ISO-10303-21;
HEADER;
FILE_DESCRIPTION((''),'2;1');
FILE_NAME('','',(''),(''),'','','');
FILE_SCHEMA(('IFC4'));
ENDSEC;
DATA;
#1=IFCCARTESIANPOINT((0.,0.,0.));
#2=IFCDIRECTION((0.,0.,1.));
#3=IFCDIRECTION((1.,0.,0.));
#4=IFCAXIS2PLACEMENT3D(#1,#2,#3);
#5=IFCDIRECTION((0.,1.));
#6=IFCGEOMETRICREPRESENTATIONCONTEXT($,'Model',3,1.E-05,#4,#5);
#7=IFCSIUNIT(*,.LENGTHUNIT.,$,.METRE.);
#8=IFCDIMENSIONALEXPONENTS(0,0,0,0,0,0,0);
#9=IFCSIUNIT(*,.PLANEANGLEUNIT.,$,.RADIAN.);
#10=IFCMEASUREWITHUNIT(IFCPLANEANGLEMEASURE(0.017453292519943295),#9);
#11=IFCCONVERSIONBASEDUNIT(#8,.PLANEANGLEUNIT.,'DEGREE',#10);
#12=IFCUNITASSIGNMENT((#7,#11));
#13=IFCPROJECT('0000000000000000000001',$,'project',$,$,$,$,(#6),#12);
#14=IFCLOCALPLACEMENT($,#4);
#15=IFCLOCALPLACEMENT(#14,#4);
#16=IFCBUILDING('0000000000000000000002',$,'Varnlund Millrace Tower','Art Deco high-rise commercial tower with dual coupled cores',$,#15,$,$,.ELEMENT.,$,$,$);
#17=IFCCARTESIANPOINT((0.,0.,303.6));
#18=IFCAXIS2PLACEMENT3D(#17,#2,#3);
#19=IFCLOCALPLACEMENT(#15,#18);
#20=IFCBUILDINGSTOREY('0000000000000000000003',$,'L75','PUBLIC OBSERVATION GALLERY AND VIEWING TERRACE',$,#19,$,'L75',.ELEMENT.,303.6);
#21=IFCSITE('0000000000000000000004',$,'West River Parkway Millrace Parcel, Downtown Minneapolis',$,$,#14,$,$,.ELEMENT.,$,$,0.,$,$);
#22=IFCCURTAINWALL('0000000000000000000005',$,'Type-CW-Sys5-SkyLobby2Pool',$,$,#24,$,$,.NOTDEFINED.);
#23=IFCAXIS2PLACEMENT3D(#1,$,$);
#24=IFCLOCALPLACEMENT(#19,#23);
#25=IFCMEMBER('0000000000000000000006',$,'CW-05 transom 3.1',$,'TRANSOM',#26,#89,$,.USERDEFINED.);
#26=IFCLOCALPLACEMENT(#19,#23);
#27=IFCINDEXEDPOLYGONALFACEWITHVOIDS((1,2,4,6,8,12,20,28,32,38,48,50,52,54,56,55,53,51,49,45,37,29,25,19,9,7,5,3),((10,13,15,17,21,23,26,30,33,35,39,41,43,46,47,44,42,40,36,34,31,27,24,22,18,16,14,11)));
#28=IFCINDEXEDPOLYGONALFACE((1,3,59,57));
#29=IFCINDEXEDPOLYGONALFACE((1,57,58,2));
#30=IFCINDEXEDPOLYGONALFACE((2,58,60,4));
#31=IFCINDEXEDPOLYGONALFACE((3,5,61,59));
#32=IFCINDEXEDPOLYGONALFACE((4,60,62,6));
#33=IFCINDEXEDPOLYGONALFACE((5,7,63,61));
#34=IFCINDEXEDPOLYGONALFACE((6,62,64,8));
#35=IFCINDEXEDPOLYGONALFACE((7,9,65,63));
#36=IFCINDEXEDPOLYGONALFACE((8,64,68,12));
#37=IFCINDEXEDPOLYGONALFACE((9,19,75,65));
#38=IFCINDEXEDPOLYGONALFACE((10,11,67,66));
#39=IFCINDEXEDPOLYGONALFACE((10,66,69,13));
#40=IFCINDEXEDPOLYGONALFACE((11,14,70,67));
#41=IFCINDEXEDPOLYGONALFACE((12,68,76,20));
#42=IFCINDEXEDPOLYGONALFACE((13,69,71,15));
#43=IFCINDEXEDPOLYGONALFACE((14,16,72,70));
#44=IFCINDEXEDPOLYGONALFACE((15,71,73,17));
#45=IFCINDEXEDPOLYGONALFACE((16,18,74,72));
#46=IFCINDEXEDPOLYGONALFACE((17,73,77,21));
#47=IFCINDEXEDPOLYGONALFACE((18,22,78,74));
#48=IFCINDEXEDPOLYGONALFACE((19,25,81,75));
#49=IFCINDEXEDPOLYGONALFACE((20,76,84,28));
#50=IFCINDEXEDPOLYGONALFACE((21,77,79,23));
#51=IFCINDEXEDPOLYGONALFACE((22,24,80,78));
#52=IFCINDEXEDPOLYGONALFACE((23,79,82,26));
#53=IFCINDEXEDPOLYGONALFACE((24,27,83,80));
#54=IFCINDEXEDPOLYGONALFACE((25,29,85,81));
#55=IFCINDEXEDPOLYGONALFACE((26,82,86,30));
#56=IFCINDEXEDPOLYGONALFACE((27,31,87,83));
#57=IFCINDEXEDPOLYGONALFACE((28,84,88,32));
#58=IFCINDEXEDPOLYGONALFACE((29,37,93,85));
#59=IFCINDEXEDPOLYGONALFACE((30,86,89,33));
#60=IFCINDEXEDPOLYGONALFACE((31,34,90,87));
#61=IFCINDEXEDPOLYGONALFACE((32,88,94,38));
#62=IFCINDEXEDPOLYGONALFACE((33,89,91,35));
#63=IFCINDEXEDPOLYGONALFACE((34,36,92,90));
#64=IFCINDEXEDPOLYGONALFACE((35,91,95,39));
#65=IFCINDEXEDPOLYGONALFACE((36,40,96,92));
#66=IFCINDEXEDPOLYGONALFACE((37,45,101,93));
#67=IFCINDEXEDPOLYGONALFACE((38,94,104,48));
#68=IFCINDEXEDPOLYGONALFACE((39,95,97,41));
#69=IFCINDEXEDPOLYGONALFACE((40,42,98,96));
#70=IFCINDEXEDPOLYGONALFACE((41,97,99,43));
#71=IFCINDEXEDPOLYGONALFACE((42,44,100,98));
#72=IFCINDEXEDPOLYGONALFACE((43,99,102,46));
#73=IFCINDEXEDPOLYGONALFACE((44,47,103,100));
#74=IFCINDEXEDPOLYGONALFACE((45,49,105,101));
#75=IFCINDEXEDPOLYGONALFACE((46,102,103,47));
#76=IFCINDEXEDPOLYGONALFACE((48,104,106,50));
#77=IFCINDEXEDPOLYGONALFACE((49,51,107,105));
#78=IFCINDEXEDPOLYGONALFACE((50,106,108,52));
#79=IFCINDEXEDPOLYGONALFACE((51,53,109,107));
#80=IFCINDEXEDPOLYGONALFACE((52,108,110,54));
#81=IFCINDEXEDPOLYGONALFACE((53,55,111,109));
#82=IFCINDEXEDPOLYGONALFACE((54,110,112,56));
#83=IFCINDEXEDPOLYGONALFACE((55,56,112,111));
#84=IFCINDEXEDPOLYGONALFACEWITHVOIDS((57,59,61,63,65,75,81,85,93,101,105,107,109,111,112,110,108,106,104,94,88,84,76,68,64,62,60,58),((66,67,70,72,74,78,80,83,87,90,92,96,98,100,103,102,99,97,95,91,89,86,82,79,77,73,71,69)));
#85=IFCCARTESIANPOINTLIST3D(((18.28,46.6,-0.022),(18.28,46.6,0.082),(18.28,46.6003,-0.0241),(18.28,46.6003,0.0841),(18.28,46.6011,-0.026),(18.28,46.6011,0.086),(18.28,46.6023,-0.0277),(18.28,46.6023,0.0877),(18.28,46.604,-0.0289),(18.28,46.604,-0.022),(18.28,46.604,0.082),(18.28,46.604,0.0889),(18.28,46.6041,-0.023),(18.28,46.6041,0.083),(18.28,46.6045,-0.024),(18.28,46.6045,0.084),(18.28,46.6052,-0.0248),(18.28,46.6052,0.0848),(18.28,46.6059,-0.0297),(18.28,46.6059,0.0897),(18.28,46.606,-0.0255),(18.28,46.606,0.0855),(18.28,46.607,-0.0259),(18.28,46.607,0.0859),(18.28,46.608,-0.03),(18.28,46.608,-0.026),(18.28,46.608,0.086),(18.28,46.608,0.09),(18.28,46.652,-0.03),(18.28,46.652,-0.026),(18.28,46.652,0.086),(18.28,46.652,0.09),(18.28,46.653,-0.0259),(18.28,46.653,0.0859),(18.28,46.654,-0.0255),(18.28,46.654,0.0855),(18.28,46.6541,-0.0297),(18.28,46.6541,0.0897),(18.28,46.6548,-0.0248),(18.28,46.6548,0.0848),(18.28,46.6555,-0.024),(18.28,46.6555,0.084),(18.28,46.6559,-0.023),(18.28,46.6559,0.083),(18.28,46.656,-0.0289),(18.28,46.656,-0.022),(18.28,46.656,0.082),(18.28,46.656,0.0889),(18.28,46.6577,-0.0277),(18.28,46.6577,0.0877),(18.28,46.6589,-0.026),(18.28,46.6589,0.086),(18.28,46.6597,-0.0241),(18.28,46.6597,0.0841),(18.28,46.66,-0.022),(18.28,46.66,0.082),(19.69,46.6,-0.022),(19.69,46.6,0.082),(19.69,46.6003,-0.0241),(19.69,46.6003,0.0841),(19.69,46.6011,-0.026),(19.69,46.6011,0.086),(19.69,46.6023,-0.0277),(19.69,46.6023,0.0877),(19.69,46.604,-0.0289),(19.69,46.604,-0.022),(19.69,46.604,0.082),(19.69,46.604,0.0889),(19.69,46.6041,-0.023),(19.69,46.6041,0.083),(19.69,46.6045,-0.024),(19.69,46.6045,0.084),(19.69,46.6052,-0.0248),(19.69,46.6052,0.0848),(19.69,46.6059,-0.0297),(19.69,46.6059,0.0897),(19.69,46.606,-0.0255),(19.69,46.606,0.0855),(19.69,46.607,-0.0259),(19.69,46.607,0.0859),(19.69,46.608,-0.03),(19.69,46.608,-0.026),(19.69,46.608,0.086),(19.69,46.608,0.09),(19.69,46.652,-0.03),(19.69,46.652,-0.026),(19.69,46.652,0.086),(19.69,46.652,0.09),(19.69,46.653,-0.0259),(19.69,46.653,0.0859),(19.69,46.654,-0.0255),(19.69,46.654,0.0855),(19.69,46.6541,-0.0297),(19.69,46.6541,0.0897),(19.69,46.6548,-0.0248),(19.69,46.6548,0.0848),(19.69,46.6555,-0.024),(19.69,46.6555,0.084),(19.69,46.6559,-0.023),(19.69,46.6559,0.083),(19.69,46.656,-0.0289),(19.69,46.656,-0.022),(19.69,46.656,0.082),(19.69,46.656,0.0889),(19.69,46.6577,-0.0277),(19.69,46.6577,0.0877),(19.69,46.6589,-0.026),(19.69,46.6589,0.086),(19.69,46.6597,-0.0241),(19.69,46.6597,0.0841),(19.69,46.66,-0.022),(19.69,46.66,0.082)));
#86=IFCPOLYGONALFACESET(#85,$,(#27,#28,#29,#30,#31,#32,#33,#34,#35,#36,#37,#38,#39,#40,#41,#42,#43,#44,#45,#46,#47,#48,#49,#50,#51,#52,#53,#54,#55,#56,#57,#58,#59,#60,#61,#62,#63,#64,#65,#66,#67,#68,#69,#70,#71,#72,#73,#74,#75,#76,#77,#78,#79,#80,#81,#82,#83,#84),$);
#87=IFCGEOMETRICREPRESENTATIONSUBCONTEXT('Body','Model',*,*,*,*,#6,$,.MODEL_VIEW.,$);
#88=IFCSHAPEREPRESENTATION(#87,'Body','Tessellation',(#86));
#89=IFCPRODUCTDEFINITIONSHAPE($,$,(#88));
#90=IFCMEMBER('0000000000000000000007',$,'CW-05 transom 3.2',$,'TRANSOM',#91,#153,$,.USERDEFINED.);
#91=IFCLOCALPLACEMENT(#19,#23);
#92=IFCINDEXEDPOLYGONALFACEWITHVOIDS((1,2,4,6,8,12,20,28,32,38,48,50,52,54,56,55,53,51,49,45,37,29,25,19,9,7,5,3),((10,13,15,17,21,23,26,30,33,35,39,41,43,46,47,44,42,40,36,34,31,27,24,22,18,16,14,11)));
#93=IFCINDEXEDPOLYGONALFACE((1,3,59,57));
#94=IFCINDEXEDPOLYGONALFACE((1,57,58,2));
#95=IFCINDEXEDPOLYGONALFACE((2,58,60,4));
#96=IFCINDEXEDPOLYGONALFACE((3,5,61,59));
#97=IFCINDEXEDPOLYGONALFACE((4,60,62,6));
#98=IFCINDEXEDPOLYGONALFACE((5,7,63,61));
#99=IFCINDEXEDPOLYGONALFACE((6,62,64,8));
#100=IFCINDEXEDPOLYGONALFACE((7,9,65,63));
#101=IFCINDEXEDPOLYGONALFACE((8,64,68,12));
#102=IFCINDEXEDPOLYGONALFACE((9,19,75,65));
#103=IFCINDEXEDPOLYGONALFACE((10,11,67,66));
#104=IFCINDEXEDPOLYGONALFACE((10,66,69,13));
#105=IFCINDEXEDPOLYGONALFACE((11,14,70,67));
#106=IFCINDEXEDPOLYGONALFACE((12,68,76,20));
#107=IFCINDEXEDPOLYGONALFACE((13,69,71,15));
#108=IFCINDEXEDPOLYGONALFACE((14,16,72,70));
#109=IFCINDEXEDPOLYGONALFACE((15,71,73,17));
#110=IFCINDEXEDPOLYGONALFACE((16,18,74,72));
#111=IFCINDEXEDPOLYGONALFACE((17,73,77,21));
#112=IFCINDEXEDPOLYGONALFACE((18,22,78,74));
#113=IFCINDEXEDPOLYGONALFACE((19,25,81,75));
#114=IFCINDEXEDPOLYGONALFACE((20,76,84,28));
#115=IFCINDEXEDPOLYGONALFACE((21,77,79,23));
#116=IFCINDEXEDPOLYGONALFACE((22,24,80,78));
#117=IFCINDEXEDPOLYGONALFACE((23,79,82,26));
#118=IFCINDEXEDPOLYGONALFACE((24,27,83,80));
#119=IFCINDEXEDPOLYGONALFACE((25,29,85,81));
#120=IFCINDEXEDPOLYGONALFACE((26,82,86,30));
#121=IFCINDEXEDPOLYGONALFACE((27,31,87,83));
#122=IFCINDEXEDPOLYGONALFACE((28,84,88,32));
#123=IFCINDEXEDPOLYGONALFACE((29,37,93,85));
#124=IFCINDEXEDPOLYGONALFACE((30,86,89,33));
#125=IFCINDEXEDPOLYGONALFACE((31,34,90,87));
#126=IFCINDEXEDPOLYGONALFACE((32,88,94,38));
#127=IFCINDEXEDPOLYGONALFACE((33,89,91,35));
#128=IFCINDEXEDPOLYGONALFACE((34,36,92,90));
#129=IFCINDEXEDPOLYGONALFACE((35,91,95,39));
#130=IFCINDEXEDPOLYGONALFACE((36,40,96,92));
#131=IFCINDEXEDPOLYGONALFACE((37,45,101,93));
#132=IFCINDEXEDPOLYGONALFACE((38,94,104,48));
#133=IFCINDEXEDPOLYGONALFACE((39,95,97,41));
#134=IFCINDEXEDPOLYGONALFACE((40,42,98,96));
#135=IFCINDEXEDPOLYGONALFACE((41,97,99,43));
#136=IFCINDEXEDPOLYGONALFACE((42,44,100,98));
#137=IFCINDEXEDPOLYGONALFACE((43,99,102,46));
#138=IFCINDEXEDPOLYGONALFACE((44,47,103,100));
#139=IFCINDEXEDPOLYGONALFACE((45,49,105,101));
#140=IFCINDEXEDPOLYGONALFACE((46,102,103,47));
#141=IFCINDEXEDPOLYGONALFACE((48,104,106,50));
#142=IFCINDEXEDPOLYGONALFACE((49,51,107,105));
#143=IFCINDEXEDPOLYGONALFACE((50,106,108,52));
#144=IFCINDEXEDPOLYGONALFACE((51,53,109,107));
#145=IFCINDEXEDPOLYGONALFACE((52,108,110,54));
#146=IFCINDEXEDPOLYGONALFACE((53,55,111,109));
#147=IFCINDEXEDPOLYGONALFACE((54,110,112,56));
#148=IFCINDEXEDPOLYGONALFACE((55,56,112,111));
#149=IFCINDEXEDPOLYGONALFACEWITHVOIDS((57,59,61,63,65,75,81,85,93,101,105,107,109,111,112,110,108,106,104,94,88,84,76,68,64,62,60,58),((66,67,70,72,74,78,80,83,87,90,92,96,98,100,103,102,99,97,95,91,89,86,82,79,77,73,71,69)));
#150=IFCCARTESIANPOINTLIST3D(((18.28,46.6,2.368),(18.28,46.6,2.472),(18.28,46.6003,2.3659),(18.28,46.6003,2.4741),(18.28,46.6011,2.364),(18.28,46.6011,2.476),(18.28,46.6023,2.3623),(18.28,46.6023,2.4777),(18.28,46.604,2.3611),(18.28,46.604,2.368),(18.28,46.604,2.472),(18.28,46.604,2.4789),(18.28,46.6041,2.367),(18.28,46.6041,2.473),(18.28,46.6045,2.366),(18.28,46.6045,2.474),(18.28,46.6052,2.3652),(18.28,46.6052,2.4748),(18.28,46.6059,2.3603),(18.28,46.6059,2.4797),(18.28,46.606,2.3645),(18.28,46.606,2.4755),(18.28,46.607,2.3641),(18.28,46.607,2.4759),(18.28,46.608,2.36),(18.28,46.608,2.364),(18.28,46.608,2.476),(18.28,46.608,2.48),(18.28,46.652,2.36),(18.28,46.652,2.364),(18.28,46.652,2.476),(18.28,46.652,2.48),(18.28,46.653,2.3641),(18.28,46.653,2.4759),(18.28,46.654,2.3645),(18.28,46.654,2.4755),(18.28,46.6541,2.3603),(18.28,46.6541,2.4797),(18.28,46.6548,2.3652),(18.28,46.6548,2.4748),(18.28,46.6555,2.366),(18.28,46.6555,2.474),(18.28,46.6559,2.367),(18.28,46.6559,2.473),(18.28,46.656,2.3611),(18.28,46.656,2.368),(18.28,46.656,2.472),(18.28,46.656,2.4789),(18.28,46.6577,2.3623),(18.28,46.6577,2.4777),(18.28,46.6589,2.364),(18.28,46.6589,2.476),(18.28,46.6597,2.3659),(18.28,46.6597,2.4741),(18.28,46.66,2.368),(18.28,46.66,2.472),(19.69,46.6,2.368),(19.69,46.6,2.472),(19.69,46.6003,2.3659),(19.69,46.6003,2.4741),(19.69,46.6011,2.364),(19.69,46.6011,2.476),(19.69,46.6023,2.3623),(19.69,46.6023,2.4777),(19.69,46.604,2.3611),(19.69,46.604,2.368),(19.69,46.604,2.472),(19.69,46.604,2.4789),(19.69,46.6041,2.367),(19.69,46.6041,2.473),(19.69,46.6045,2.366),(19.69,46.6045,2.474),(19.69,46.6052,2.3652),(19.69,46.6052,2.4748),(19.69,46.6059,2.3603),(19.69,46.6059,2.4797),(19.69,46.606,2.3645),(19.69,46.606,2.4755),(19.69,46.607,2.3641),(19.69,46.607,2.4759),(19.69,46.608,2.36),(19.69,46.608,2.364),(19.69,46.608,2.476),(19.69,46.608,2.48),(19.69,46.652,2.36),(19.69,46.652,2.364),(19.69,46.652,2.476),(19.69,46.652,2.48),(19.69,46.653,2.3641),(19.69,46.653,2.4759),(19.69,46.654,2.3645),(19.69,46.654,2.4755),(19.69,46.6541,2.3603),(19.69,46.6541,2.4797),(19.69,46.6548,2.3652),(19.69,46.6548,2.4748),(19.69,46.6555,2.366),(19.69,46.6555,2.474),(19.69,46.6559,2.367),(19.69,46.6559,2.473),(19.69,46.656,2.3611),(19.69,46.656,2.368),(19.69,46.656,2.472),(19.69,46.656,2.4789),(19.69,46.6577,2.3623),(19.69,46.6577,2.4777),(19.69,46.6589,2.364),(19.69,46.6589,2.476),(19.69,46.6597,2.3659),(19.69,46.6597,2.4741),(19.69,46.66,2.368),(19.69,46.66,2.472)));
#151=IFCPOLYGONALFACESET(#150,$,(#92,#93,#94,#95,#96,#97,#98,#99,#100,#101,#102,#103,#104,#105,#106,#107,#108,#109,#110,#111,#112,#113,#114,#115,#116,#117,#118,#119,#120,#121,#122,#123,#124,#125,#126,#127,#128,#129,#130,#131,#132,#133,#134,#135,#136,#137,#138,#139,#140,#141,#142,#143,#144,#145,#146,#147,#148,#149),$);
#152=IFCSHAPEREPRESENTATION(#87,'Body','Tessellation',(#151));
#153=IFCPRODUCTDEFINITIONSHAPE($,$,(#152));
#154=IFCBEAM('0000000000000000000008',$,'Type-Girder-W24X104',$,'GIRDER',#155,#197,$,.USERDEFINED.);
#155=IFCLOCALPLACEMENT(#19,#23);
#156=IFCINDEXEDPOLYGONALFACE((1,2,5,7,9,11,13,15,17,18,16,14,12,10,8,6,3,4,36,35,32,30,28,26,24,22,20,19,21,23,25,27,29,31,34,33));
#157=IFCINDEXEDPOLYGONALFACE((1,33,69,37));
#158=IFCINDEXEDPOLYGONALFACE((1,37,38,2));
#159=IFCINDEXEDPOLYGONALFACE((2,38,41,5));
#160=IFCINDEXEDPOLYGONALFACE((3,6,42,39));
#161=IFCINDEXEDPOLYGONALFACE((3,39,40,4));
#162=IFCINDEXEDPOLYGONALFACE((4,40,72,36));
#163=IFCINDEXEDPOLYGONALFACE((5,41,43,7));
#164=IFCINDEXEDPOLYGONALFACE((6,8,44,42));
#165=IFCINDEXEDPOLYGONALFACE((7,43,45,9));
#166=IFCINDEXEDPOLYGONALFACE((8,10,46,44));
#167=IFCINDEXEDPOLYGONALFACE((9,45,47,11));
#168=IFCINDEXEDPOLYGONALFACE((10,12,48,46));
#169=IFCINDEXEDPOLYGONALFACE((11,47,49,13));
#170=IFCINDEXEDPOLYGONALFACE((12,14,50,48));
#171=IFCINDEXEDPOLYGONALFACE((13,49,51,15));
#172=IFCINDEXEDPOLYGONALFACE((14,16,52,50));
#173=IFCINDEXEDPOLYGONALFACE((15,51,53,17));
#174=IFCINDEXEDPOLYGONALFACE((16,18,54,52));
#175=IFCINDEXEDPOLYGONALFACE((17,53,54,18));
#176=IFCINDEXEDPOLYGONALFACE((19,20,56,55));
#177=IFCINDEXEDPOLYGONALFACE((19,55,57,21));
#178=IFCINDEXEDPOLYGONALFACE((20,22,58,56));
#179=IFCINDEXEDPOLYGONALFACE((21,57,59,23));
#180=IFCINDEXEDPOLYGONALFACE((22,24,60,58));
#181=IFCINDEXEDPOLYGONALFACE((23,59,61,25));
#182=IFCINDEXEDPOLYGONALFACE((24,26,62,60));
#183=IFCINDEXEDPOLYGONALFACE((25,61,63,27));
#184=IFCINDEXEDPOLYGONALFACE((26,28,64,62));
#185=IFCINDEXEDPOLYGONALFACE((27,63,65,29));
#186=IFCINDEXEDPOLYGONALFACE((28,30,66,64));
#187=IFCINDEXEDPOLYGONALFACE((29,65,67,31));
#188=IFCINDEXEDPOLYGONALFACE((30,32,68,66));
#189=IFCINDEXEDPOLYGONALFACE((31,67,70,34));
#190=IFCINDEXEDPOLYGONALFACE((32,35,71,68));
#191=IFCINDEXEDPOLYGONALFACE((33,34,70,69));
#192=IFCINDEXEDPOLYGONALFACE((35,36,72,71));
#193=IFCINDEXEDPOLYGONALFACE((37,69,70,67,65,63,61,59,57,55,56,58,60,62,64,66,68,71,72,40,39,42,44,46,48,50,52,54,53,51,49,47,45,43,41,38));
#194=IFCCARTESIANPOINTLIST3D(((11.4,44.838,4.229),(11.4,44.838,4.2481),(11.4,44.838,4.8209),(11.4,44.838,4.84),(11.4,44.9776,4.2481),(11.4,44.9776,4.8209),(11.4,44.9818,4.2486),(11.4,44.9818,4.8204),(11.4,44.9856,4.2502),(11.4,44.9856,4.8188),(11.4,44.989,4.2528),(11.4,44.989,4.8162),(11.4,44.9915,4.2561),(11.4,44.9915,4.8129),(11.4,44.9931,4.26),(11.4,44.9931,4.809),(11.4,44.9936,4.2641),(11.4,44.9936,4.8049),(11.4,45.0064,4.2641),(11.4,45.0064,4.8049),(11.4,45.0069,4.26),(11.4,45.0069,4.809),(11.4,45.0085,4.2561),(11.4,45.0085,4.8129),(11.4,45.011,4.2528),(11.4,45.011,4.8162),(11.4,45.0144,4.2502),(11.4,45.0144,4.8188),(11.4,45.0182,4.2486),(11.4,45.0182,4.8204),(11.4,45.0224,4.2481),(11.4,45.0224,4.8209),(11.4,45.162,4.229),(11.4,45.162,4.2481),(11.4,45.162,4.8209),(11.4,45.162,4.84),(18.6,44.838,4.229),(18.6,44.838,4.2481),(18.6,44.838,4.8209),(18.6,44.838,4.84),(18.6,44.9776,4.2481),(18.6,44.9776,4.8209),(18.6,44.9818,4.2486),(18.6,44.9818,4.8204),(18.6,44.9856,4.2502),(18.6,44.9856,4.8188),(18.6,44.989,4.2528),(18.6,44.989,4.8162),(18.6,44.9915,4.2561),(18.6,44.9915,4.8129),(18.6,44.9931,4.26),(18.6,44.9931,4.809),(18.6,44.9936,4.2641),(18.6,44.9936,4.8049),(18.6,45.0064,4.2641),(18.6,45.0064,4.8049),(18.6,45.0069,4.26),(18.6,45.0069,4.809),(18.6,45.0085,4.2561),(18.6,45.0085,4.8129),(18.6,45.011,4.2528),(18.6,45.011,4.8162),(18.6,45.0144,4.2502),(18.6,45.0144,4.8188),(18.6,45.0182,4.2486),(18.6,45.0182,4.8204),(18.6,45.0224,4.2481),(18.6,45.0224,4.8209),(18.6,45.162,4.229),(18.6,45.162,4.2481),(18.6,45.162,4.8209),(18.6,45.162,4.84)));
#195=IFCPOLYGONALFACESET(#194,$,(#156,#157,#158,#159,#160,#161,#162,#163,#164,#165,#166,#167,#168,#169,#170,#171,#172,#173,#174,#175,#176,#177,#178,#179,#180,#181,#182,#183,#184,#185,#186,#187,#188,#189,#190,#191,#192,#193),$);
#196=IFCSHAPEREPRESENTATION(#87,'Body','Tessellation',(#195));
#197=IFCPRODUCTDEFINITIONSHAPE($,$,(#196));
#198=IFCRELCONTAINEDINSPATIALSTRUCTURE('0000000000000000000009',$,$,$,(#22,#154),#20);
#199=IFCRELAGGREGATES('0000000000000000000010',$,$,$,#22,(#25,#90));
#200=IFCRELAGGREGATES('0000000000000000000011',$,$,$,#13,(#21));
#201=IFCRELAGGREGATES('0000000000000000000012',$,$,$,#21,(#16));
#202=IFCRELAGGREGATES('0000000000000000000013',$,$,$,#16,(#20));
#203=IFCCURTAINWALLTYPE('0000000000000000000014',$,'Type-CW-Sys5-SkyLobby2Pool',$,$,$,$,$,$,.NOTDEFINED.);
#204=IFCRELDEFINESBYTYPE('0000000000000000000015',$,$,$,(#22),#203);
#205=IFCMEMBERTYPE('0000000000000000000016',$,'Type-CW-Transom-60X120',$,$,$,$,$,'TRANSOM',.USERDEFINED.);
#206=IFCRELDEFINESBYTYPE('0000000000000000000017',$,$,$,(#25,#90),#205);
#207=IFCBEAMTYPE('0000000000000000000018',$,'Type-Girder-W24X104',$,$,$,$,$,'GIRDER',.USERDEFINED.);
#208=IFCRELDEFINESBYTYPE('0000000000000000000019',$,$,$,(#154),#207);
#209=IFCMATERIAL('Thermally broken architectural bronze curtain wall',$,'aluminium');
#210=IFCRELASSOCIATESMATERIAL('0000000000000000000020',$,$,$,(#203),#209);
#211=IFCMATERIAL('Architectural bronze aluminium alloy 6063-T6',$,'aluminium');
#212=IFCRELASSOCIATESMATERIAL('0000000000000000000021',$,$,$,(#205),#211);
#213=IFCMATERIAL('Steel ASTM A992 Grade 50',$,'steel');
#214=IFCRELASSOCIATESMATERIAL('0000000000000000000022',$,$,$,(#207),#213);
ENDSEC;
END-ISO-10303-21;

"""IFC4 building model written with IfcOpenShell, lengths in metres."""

from ifc_helpers import new_model, entity, si_unit, converted_unit, direction, frame, origin_with_axes, origin_2d_with_axis, place, context, subcontext, project, spatial, hollow_rectangle, i_section, extrude, material, material_profile, profile_set, type_object, element, aggregate, save


model = new_model("IFC4")

# Units and contexts
model_context = context("Model", 3, precision=1e-05, world=origin_with_axes(), true_north=direction((0.0, 1.0)))
body_context = subcontext(model_context, "Body", "Model", "MODEL_VIEW")
ifc_project = project(units=[si_unit("LENGTHUNIT", "METRE"), converted_unit("PLANEANGLEUNIT", "DEGREE", entity("IfcPlaneAngleMeasure", 0.017453292519943295), si_unit("PLANEANGLEUNIT", "RADIAN"), dimensions=[0, 0, 0, 0, 0, 0, 0])], contexts=[model_context])

# Site, building, storey
site_placement = place(None, origin_with_axes())
site = spatial("IfcSite", under=ifc_project, at=site_placement, Name="West River Parkway Millrace Parcel, Downtown Minneapolis", CompositionType="ELEMENT", RefElevation=0.0)
building_placement = place(site_placement, origin_with_axes())
building = spatial("IfcBuilding", under=site, at=building_placement, Name="Varnlund Millrace Tower", Description="Art Deco high-rise commercial tower with dual coupled cores", CompositionType="ELEMENT")
storey_placement = place(building_placement, frame((0.0, 0.0, 303.6), z_axis=(0.0, 0.0, 1.0), x_axis=(1.0, 0.0, 0.0)))
storey = spatial("IfcBuildingStorey", under=building, at=storey_placement, Name="L75", Description="PUBLIC OBSERVATION GALLERY AND VIEWING TERRACE", LongName="L75", CompositionType="ELEMENT", Elevation=303.6)

# Shared definitions
ifc_material_1 = material(Name="Steel ASTM A992 Grade 50", Category="steel")

# Curtain wall, members
ifc_material_2 = material(Name="Thermally broken architectural bronze curtain wall", Category="aluminium")
curtain_wall_type = type_object("IfcCurtainWallType", Name="Type-CW-Sys5-SkyLobby2Pool", PredefinedType="NOTDEFINED", material=ifc_material_2)
curtain_wall_placement = place(storey_placement, frame((15.25, 46.63, 0.0), z_axis=(0.0, 0.0, 1.0), x_axis=(1.0, 0.0, 0.0)))
curtain_wall = element("IfcCurtainWall", 1, at=curtain_wall_placement, inside=storey, type_object=curtain_wall_type, Name="Type-CW-Sys5-SkyLobby2Pool", PredefinedType="NOTDEFINED")
ifc_material_3 = material(Name="Architectural bronze aluminium alloy 6063-T6", Category="aluminium")
ifc_material_profile_1 = material_profile(ifc_material_3, hollow_rectangle(XDim=0.06, YDim=0.12, WallThickness=0.004, InnerFilletRadius=0.004, OuterFilletRadius=0.008, at=origin_2d_with_axis()), Name="Architectural bronze aluminium alloy 6063-T6")
ifc_profile_set_1 = profile_set([ifc_material_profile_1], Name="Architectural bronze aluminium alloy 6063-T6")
member_type = type_object("IfcMemberType", Name="Type-CW-Transom-60X120", ElementType="TRANSOM", PredefinedType="USERDEFINED", material=ifc_profile_set_1)
member_1_placement = place(storey_placement, frame((18.28, 46.63, 0.03), z_axis=(1.0, 0.0, 0.0), x_axis=(0.0, 1.0, 0.0)))
member_1 = element("IfcMember", 2, at=member_1_placement, type_object=member_type, Name="CW-05 transom 3.1", ObjectType="TRANSOM", PredefinedType="USERDEFINED", context=body_context, shape_type="SweptSolid", body=[
    extrude(hollow_rectangle(XDim=0.06, YDim=0.12, WallThickness=0.004, InnerFilletRadius=0.004, OuterFilletRadius=0.008, at=origin_2d_with_axis()), origin_with_axes(), (0.0, 0.0, 1.0), 1.41),
])
member_2_placement = place(storey_placement, frame((18.28, 46.63, 2.42), z_axis=(1.0, 0.0, 0.0), x_axis=(0.0, 1.0, 0.0)))
member_2 = element("IfcMember", 3, at=member_2_placement, type_object=member_type, Name="CW-05 transom 3.2", ObjectType="TRANSOM", PredefinedType="USERDEFINED", context=body_context, shape_type="SweptSolid", body=[
    extrude(hollow_rectangle(XDim=0.06, YDim=0.12, WallThickness=0.004, InnerFilletRadius=0.004, OuterFilletRadius=0.008, at=origin_2d_with_axis()), origin_with_axes(), (0.0, 0.0, 1.0), 1.41),
])

# Beam
ifc_material_profile_2 = material_profile(ifc_material_1, i_section(OverallWidth=0.324, OverallDepth=0.611, WebThickness=0.0127, FlangeThickness=0.0191, FilletRadius=0.016, at=origin_2d_with_axis()), Name="Steel ASTM A992 Grade 50")
ifc_profile_set_2 = profile_set([ifc_material_profile_2], Name="Steel ASTM A992 Grade 50")
beam_type_1 = type_object("IfcBeamType", Name="Type-Girder-W24X104", ElementType="GIRDER", PredefinedType="USERDEFINED", material=ifc_profile_set_2)
beam_1_placement = place(storey_placement, frame((11.4, 45.0, 4.5345), z_axis=(1.0, 0.0, 0.0), x_axis=(0.0, 1.0, 0.0)))
element("IfcBeam", 4, at=beam_1_placement, inside=storey, type_object=beam_type_1, Name="Type-Girder-W24X104", ObjectType="GIRDER", PredefinedType="USERDEFINED", context=body_context, shape_type="SweptSolid", body=[
    extrude(i_section(OverallWidth=0.324, OverallDepth=0.611, WebThickness=0.0127, FlangeThickness=0.0191, FilletRadius=0.016, at=origin_2d_with_axis()), origin_with_axes(), (0.0, 0.0, 1.0), 7.2),
])

aggregate(curtain_wall, [member_1, member_2])

save(model, "model.ifc")
